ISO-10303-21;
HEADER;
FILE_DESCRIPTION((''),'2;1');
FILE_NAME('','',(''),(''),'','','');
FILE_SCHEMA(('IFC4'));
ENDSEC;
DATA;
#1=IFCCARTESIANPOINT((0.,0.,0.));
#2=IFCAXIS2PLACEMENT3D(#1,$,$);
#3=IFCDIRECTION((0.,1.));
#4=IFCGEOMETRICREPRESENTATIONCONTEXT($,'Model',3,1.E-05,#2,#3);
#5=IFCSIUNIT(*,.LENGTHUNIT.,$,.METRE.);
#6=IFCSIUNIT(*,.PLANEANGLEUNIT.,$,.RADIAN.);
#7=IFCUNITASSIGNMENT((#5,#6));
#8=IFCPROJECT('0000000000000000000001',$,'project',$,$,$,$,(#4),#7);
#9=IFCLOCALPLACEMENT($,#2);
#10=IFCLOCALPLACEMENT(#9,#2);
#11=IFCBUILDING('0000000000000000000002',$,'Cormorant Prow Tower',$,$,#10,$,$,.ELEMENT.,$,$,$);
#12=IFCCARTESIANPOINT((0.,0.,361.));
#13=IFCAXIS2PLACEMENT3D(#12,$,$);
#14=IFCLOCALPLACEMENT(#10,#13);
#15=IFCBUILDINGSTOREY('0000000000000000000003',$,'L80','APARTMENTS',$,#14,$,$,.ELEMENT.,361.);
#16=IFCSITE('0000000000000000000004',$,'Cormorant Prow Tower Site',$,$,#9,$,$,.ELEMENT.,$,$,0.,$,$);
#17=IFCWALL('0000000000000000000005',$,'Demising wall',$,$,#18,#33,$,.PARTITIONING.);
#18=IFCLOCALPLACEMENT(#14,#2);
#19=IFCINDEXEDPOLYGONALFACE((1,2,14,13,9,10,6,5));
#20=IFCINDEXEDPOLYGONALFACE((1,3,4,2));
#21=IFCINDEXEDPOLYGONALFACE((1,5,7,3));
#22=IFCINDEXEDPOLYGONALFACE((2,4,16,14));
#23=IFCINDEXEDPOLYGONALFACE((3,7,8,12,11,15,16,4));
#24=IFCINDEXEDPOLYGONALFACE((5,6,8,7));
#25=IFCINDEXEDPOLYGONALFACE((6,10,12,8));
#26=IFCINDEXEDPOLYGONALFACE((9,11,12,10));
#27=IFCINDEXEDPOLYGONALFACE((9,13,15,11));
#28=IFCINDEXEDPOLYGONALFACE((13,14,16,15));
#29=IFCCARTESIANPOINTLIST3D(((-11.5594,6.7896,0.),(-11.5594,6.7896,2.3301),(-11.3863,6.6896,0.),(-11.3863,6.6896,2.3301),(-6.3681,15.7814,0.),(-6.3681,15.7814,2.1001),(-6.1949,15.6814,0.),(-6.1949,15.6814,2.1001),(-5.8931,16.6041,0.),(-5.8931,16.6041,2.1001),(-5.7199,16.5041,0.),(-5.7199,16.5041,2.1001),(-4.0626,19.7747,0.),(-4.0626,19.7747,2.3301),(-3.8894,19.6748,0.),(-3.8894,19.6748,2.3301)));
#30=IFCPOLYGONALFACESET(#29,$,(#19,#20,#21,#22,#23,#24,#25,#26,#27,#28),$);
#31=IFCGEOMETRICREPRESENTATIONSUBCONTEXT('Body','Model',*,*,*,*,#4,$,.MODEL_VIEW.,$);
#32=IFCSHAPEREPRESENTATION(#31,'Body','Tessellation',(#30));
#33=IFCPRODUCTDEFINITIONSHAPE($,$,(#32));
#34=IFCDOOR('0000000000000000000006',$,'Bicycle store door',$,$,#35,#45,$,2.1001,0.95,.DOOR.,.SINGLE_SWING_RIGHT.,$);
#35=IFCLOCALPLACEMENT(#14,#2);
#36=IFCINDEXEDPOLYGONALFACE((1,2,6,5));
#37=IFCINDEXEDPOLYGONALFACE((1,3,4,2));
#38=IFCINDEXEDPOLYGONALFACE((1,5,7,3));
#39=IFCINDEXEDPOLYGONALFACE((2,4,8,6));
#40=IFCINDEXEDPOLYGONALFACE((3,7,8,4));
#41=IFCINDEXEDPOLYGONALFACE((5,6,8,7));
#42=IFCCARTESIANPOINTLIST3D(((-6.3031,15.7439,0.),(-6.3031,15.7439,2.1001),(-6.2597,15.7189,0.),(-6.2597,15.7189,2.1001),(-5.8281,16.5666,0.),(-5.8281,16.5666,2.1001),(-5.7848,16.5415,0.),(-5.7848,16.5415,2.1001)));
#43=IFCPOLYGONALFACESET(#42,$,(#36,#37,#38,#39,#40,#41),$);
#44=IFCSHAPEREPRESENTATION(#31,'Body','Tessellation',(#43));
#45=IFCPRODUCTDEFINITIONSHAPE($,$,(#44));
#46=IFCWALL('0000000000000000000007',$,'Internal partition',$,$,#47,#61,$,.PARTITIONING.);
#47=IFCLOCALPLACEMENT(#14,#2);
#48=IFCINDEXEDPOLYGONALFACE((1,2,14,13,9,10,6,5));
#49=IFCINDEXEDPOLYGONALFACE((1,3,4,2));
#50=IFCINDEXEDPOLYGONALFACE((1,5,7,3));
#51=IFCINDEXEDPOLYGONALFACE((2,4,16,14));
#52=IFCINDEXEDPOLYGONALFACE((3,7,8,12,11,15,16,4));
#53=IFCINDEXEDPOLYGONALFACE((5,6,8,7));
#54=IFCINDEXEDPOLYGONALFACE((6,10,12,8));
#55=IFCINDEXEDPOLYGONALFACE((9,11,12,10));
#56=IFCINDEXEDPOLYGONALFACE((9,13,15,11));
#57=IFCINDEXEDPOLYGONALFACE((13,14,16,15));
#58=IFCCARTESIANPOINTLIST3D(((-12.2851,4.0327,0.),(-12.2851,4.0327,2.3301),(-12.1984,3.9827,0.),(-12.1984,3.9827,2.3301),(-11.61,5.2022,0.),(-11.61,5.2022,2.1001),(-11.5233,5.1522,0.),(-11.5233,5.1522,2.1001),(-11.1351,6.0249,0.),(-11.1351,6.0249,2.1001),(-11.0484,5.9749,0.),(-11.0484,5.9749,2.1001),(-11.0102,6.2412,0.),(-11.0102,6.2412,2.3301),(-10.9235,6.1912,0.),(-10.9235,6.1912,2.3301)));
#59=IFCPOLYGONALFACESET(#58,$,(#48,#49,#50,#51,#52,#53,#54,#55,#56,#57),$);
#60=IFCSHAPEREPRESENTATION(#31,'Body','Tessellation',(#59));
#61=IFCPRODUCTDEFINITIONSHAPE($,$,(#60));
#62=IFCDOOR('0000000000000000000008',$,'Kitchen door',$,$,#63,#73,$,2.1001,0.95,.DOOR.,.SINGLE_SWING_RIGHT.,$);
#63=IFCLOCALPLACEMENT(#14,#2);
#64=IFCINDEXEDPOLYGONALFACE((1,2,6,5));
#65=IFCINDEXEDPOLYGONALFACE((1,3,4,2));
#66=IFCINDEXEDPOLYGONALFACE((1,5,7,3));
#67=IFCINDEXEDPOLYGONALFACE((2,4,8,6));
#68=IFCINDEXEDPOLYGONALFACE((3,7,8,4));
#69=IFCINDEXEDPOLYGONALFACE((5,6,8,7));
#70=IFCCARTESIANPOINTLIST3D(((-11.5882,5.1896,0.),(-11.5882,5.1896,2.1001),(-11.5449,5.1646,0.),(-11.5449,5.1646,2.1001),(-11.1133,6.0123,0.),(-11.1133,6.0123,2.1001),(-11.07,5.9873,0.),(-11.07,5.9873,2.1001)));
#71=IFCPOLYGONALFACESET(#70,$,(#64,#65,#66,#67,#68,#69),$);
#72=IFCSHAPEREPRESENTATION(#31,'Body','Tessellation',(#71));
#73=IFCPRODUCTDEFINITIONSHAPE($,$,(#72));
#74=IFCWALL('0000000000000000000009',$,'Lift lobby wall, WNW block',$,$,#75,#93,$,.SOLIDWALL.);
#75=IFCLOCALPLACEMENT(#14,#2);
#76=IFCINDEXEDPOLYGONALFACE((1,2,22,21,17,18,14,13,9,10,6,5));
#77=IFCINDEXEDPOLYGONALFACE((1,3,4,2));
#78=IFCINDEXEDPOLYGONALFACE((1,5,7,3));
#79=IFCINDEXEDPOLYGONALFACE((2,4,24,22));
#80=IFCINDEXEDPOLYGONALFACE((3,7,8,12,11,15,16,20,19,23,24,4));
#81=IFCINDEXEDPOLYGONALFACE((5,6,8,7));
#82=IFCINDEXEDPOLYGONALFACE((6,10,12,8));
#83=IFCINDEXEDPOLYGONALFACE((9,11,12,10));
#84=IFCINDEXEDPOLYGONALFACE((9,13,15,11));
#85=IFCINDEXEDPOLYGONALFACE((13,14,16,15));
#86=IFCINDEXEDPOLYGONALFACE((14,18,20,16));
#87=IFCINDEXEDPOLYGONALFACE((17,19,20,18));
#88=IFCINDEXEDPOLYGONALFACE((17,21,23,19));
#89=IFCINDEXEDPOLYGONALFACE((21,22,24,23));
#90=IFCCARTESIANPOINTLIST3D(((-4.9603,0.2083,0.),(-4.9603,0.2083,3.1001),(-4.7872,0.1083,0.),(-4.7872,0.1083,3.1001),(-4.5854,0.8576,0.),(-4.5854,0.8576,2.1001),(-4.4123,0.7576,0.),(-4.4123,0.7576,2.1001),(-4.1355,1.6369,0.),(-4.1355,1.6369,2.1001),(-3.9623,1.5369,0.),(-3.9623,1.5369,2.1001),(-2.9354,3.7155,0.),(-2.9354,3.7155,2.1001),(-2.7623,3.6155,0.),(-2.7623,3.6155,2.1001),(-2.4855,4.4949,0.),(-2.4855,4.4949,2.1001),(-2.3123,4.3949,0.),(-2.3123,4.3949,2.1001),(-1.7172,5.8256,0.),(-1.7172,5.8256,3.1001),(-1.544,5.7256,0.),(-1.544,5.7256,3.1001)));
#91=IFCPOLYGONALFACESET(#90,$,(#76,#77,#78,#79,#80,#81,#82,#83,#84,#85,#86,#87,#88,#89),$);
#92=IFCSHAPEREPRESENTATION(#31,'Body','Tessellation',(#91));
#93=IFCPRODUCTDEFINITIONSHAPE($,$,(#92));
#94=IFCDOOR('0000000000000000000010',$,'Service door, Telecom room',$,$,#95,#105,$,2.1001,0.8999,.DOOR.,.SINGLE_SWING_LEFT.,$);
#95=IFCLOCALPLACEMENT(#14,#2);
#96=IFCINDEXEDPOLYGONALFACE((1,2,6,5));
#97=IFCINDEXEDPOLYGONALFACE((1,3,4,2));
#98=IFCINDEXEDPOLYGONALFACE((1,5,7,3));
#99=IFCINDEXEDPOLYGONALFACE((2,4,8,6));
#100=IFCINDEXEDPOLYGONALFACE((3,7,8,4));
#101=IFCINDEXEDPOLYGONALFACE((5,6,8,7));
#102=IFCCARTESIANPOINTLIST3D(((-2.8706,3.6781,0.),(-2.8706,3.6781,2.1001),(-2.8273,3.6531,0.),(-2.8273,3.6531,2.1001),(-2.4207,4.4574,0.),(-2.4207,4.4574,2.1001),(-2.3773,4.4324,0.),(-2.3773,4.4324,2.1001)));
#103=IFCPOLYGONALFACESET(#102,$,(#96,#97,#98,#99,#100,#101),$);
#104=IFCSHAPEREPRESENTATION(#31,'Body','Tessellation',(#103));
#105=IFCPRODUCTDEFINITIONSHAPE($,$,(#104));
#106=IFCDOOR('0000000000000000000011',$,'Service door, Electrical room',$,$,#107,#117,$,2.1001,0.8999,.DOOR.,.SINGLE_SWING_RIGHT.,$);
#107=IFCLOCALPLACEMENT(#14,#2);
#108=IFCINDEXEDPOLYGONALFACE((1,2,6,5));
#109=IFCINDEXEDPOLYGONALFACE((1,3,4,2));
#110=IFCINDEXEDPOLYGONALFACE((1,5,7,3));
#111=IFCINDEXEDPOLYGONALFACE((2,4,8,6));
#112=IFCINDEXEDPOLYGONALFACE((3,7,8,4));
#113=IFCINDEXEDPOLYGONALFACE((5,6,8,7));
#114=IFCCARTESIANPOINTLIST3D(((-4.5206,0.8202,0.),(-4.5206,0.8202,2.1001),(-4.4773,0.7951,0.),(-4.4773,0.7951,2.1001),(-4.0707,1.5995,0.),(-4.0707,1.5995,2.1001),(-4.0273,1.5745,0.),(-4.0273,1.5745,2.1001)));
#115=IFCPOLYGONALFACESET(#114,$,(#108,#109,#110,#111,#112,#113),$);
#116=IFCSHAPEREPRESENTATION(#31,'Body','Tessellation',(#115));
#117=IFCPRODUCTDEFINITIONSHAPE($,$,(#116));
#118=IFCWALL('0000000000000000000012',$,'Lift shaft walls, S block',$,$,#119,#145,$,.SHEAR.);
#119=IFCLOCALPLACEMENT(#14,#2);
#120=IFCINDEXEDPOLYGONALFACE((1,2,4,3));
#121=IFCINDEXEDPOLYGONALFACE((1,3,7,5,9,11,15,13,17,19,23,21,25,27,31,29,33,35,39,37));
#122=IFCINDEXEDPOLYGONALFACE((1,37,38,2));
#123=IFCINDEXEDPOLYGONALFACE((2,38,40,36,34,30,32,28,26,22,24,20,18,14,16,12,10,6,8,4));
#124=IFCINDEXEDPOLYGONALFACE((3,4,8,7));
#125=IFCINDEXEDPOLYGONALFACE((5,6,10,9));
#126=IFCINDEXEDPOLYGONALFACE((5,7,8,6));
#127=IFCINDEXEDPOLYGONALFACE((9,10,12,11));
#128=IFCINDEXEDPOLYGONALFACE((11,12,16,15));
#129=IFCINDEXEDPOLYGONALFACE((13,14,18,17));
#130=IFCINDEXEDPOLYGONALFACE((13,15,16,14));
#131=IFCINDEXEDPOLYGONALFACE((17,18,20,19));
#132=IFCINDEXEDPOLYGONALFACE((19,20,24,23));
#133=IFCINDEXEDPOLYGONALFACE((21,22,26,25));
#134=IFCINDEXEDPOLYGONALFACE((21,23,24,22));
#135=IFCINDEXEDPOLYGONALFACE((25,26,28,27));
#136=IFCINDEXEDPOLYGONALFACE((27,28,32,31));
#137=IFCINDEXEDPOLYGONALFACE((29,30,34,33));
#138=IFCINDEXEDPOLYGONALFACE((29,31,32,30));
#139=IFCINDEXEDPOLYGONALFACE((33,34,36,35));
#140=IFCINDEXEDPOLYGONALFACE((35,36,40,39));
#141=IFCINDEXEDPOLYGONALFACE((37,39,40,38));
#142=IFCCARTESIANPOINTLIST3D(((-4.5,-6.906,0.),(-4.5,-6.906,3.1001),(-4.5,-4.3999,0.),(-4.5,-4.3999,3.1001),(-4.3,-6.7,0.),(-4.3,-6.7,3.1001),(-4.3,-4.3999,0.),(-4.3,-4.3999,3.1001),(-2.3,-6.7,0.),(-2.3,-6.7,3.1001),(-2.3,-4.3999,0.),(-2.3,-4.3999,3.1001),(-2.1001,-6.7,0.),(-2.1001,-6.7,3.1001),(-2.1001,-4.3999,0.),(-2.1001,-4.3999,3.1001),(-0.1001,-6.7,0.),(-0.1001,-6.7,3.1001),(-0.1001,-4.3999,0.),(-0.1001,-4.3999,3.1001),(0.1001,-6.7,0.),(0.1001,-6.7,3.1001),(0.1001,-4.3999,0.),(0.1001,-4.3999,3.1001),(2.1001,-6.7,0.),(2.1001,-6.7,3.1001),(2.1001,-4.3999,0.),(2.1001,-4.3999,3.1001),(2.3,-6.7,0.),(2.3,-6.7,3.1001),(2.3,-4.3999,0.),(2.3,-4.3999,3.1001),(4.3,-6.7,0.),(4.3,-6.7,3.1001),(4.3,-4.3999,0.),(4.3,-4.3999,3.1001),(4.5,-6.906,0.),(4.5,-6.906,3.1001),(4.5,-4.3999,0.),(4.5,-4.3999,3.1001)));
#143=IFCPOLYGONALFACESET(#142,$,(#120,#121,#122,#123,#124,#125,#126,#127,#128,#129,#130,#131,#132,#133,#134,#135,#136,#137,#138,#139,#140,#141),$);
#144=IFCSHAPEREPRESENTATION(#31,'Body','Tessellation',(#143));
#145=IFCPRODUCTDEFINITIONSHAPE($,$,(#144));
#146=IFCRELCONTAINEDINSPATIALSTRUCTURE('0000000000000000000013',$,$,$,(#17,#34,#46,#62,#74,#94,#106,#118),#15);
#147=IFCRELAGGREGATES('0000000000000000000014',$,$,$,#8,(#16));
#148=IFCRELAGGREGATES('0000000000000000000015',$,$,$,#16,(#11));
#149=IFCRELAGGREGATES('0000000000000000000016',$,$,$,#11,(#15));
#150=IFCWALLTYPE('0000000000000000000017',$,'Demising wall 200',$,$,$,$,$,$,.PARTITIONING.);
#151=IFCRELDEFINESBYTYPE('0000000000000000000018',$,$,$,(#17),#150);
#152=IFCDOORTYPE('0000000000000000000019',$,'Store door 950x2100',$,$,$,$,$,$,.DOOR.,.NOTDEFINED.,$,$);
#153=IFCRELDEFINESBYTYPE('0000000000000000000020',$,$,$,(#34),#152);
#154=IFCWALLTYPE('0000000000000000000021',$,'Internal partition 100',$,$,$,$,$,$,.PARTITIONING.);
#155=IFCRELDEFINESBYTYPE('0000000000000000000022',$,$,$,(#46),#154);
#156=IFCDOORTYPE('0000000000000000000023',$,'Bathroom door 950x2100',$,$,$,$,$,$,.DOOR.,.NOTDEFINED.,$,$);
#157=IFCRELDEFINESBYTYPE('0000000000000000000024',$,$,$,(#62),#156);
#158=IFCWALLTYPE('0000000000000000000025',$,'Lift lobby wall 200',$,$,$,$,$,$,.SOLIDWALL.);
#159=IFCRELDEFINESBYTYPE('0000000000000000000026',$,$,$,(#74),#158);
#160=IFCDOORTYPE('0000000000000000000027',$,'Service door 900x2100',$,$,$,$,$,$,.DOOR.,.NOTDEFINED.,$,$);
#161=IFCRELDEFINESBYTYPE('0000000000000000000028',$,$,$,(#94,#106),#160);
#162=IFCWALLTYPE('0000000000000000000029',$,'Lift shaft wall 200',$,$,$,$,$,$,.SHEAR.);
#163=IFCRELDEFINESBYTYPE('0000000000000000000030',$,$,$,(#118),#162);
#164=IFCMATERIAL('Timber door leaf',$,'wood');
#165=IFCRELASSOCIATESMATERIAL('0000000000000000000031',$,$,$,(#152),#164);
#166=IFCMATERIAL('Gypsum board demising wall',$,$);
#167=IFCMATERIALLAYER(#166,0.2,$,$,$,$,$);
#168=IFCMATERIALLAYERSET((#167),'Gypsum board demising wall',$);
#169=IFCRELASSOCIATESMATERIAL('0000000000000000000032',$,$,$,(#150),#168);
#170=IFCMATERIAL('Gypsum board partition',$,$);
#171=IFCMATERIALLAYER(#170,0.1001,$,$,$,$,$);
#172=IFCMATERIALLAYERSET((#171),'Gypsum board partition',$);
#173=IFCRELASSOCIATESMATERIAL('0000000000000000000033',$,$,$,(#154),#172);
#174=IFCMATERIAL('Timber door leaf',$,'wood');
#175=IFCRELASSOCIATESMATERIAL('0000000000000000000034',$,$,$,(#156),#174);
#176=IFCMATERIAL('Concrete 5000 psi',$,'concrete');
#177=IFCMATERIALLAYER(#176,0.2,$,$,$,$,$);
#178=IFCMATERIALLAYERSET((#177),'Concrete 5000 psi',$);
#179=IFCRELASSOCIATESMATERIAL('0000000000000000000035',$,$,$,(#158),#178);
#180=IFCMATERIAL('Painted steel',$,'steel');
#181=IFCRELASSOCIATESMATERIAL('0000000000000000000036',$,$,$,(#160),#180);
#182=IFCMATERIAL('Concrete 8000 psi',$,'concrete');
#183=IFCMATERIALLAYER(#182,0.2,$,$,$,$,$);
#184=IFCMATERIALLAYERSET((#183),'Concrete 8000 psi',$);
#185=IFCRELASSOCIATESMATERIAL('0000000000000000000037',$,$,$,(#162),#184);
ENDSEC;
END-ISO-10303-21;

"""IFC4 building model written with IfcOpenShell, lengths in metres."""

from ifc_helpers import new_model, si_unit, direction, frame, frame_2d, origin, place, context, subcontext, project, spatial, polyline, rectangle, outline, extrude, material, layer, layer_set, type_object, element, fill, save


model = new_model("IFC4")

# Units and contexts
model_context = context("Model", 3, precision=1e-05, world=origin(), true_north=direction((0.0, 1.0)))
body_context = subcontext(model_context, "Body", "Model", "MODEL_VIEW")
ifc_project = project(units=[si_unit("LENGTHUNIT", "METRE"), si_unit("PLANEANGLEUNIT", "RADIAN")], contexts=[model_context])

# Site, building, storey
site_placement = place(None, origin())
site = spatial("IfcSite", under=ifc_project, at=site_placement, Name="Cormorant Prow Tower Site", CompositionType="ELEMENT", RefElevation=0.0)
building_placement = place(site_placement, origin())
building = spatial("IfcBuilding", under=site, at=building_placement, Name="Cormorant Prow Tower", CompositionType="ELEMENT")
storey_placement = place(building_placement, frame((0.0, 0.0, 361.0)))
storey = spatial("IfcBuildingStorey", under=building, at=storey_placement, Name="L80", Description="APARTMENTS", CompositionType="ELEMENT", Elevation=361.0)

# Walls, openings, doors
ifc_material_1 = material(Name="Timber door leaf", Category="wood")
door_type_1 = type_object("IfcDoorType", Name="Store door 950x2100", OperationType="NOTDEFINED", PredefinedType="DOOR", material=ifc_material_1)
ifc_material_2 = material(Name="Gypsum board demising wall")
ifc_layer_1 = layer(ifc_material_2, 0.2)
ifc_layer_set_1 = layer_set([ifc_layer_1], Name="Gypsum board demising wall")
wall_type_1 = type_object("IfcWallType", Name="Demising wall 200", PredefinedType="PARTITIONING", material=ifc_layer_set_1)
wall_1_placement = place(storey_placement, frame((-11.4729, 6.7395, 0.0), z_axis=(0.0, 0.0, 1.0), x_axis=(0.499994, 0.866029, 0.0)))
wall_1 = element("IfcWall", 1, at=wall_1_placement, inside=storey, type_object=wall_type_1, Name="Demising wall", PredefinedType="PARTITIONING", context=body_context, shape_type="SweptSolid", body=[
    extrude(rectangle(XDim=14.9939, YDim=0.2, at=frame_2d((7.4971, 0.0))), origin(), (0.0, 0.0, 1.0), 2.3301),
])
opening_1_placement = place(wall_1_placement, frame((10.3828, 0.0, 0.0)))
opening_1 = element("IfcOpeningElement", 2, at=opening_1_placement, cuts=wall_1, PredefinedType="OPENING", context=body_context, shape_type="SweptSolid", body=[
    extrude(rectangle(XDim=0.95, YDim=2.1001, at=frame_2d((0.4751, 1.05))), frame((0.0, 0.1099, 0.0), z_axis=(0.0, -1.0, 0.0), x_axis=(1.0, 0.0, 0.0)), (0.0, 0.0, 1.0), 0.22),
])
door_1_placement = place(opening_1_placement, origin())
door_1 = element("IfcDoor", 3, at=door_1_placement, inside=storey, type_object=door_type_1, Name="Bicycle store door", OperationType="SINGLE_SWING_RIGHT", OverallHeight=2.1001, OverallWidth=0.95, PredefinedType="DOOR", context=body_context, shape_type="SweptSolid", body=[
    extrude(rectangle(XDim=0.95, YDim=2.1001, at=frame_2d((0.4751, 1.05))), frame((0.0, 0.0249, 0.0), z_axis=(0.0, -1.0, 0.0), x_axis=(1.0, 0.0, 0.0)), (0.0, 0.0, 1.0), 0.05),
])
fill(opening_1, door_1)
ifc_material_3 = material(Name="Gypsum board partition")
ifc_layer_2 = layer(ifc_material_3, 0.1001)
ifc_layer_set_2 = layer_set([ifc_layer_2], Name="Gypsum board partition")
wall_type_2 = type_object("IfcWallType", Name="Internal partition 100", PredefinedType="PARTITIONING", material=ifc_layer_set_2)
wall_2_placement = place(storey_placement, frame((-12.2417, 4.0078, 0.0), z_axis=(0.0, 0.0, 1.0), x_axis=(0.499949, 0.866055, 0.0)))
wall_2 = element("IfcWall", 4, at=wall_2_placement, inside=storey, type_object=wall_type_2, Name="Internal partition", PredefinedType="PARTITIONING", context=body_context, shape_type="SweptSolid", body=[
    extrude(rectangle(XDim=2.55, YDim=0.1001, at=frame_2d((1.2749, 0.0))), origin(), (0.0, 0.0, 1.0), 2.3301),
])
opening_2_placement = place(wall_2_placement, frame((1.3501, 0.0, 0.0)))
opening_2 = element("IfcOpeningElement", 5, at=opening_2_placement, cuts=wall_2, PredefinedType="OPENING", context=body_context, shape_type="SweptSolid", body=[
    extrude(rectangle(XDim=0.95, YDim=2.1001, at=frame_2d((0.4751, 1.05))), frame((0.0, 0.0601, 0.0), z_axis=(0.0, -1.0, 0.0), x_axis=(1.0, 0.0, 0.0)), (0.0, 0.0, 1.0), 0.1201),
])
ifc_material_4 = material(Name="Timber door leaf", Category="wood")
door_type_2 = type_object("IfcDoorType", Name="Bathroom door 950x2100", OperationType="NOTDEFINED", PredefinedType="DOOR", material=ifc_material_4)
door_2_placement = place(opening_2_placement, origin())
door_2 = element("IfcDoor", 6, at=door_2_placement, inside=storey, type_object=door_type_2, Name="Kitchen door", OperationType="SINGLE_SWING_RIGHT", OverallHeight=2.1001, OverallWidth=0.95, PredefinedType="DOOR", context=body_context, shape_type="SweptSolid", body=[
    extrude(rectangle(XDim=0.95, YDim=2.1001, at=frame_2d((0.4751, 1.05))), frame((0.0, 0.0249, 0.0), z_axis=(0.0, -1.0, 0.0), x_axis=(1.0, 0.0, 0.0)), (0.0, 0.0, 1.0), 0.05),
])
fill(opening_2, door_2)

# Wall, openings, doors
ifc_material_5 = material(Name="Concrete 5000 psi", Category="concrete")
ifc_layer_3 = layer(ifc_material_5, 0.2)
ifc_layer_set_3 = layer_set([ifc_layer_3], Name="Concrete 5000 psi")
wall_type_3 = type_object("IfcWallType", Name="Lift lobby wall 200", PredefinedType="SOLIDWALL", material=ifc_layer_set_3)
wall_3_placement = place(storey_placement, frame((-1.6306, 5.7756, 0.0), z_axis=(0.0, 0.0, 1.0), x_axis=(-0.499993, -0.86603, 0.0)))
wall_3 = element("IfcWall", 7, at=wall_3_placement, inside=storey, type_object=wall_type_3, Name="Lift lobby wall, WNW block", PredefinedType="SOLIDWALL", context=body_context, shape_type="SweptSolid", body=[
    extrude(rectangle(XDim=6.4863, YDim=0.2, at=frame_2d((3.2432, 0.0))), origin(), (0.0, 0.0, 1.0), 3.1001),
])
opening_3_placement = place(wall_3_placement, frame((1.5366, 0.0, 0.0)))
opening_3 = element("IfcOpeningElement", 8, at=opening_3_placement, cuts=wall_3, PredefinedType="OPENING", context=body_context, shape_type="SweptSolid", body=[
    extrude(rectangle(XDim=0.8999, YDim=2.1001, at=frame_2d((0.45, 1.05))), frame((0.0, 0.1099, 0.0), z_axis=(0.0, -1.0, 0.0), x_axis=(1.0, 0.0, 0.0)), (0.0, 0.0, 1.0), 0.22),
])
opening_4_placement = place(wall_3_placement, frame((4.8367, 0.0, 0.0)))
opening_4 = element("IfcOpeningElement", 9, at=opening_4_placement, cuts=wall_3, PredefinedType="OPENING", context=body_context, shape_type="SweptSolid", body=[
    extrude(rectangle(XDim=0.8999, YDim=2.1001, at=frame_2d((0.45, 1.05))), frame((0.0, 0.1099, 0.0), z_axis=(0.0, -1.0, 0.0), x_axis=(1.0, 0.0, 0.0)), (0.0, 0.0, 1.0), 0.22),
])
ifc_material_6 = material(Name="Painted steel", Category="steel")
door_type_3 = type_object("IfcDoorType", Name="Service door 900x2100", OperationType="NOTDEFINED", PredefinedType="DOOR", material=ifc_material_6)
door_3_placement = place(opening_3_placement, origin())
door_3 = element("IfcDoor", 10, at=door_3_placement, inside=storey, type_object=door_type_3, Name="Service door, Telecom room", OperationType="SINGLE_SWING_LEFT", OverallHeight=2.1001, OverallWidth=0.8999, PredefinedType="DOOR", context=body_context, shape_type="SweptSolid", body=[
    extrude(rectangle(XDim=0.8999, YDim=2.1001, at=frame_2d((0.45, 1.05))), frame((0.0, 0.0249, 0.0), z_axis=(0.0, -1.0, 0.0), x_axis=(1.0, 0.0, 0.0)), (0.0, 0.0, 1.0), 0.05),
])
fill(opening_3, door_3)
door_4_placement = place(opening_4_placement, origin())
door_4 = element("IfcDoor", 11, at=door_4_placement, inside=storey, type_object=door_type_3, Name="Service door, Electrical room", OperationType="SINGLE_SWING_RIGHT", OverallHeight=2.1001, OverallWidth=0.8999, PredefinedType="DOOR", context=body_context, shape_type="SweptSolid", body=[
    extrude(rectangle(XDim=0.8999, YDim=2.1001, at=frame_2d((0.45, 1.05))), frame((0.0, 0.0249, 0.0), z_axis=(0.0, -1.0, 0.0), x_axis=(1.0, 0.0, 0.0)), (0.0, 0.0, 1.0), 0.05),
])
fill(opening_4, door_4)

# Wall
ifc_material_7 = material(Name="Concrete 8000 psi", Category="concrete")
ifc_layer_4 = layer(ifc_material_7, 0.2)
ifc_layer_set_4 = layer_set([ifc_layer_4], Name="Concrete 8000 psi")
wall_type_4 = type_object("IfcWallType", Name="Lift shaft wall 200", PredefinedType="SHEAR", material=ifc_layer_set_4)
wall_4_placement = place(storey_placement, origin())
element("IfcWall", 12, at=wall_4_placement, inside=storey, type_object=wall_type_4, Name="Lift shaft walls, S block", PredefinedType="SHEAR", context=body_context, shape_type="SweptSolid", body=[
    extrude(outline(polyline([(4.5, -4.3999), (4.5, -6.906), (-4.5, -6.906), (-4.5, -4.3999), (-4.3, -4.3999), (-4.3, -6.7), (-2.3, -6.7), (-2.3, -4.3999), (-2.1001, -4.3999), (-2.1001, -6.7), (-0.1001, -6.7), (-0.1001, -4.3999), (0.1001, -4.3999), (0.1001, -6.7), (2.1001, -6.7), (2.1001, -4.3999), (2.3, -4.3999), (2.3, -6.7), (4.3, -6.7), (4.3, -4.3999), (4.5, -4.3999)])), origin(), (0.0, 0.0, 1.0), 3.1001),
])

save(model, "model.ifc")
